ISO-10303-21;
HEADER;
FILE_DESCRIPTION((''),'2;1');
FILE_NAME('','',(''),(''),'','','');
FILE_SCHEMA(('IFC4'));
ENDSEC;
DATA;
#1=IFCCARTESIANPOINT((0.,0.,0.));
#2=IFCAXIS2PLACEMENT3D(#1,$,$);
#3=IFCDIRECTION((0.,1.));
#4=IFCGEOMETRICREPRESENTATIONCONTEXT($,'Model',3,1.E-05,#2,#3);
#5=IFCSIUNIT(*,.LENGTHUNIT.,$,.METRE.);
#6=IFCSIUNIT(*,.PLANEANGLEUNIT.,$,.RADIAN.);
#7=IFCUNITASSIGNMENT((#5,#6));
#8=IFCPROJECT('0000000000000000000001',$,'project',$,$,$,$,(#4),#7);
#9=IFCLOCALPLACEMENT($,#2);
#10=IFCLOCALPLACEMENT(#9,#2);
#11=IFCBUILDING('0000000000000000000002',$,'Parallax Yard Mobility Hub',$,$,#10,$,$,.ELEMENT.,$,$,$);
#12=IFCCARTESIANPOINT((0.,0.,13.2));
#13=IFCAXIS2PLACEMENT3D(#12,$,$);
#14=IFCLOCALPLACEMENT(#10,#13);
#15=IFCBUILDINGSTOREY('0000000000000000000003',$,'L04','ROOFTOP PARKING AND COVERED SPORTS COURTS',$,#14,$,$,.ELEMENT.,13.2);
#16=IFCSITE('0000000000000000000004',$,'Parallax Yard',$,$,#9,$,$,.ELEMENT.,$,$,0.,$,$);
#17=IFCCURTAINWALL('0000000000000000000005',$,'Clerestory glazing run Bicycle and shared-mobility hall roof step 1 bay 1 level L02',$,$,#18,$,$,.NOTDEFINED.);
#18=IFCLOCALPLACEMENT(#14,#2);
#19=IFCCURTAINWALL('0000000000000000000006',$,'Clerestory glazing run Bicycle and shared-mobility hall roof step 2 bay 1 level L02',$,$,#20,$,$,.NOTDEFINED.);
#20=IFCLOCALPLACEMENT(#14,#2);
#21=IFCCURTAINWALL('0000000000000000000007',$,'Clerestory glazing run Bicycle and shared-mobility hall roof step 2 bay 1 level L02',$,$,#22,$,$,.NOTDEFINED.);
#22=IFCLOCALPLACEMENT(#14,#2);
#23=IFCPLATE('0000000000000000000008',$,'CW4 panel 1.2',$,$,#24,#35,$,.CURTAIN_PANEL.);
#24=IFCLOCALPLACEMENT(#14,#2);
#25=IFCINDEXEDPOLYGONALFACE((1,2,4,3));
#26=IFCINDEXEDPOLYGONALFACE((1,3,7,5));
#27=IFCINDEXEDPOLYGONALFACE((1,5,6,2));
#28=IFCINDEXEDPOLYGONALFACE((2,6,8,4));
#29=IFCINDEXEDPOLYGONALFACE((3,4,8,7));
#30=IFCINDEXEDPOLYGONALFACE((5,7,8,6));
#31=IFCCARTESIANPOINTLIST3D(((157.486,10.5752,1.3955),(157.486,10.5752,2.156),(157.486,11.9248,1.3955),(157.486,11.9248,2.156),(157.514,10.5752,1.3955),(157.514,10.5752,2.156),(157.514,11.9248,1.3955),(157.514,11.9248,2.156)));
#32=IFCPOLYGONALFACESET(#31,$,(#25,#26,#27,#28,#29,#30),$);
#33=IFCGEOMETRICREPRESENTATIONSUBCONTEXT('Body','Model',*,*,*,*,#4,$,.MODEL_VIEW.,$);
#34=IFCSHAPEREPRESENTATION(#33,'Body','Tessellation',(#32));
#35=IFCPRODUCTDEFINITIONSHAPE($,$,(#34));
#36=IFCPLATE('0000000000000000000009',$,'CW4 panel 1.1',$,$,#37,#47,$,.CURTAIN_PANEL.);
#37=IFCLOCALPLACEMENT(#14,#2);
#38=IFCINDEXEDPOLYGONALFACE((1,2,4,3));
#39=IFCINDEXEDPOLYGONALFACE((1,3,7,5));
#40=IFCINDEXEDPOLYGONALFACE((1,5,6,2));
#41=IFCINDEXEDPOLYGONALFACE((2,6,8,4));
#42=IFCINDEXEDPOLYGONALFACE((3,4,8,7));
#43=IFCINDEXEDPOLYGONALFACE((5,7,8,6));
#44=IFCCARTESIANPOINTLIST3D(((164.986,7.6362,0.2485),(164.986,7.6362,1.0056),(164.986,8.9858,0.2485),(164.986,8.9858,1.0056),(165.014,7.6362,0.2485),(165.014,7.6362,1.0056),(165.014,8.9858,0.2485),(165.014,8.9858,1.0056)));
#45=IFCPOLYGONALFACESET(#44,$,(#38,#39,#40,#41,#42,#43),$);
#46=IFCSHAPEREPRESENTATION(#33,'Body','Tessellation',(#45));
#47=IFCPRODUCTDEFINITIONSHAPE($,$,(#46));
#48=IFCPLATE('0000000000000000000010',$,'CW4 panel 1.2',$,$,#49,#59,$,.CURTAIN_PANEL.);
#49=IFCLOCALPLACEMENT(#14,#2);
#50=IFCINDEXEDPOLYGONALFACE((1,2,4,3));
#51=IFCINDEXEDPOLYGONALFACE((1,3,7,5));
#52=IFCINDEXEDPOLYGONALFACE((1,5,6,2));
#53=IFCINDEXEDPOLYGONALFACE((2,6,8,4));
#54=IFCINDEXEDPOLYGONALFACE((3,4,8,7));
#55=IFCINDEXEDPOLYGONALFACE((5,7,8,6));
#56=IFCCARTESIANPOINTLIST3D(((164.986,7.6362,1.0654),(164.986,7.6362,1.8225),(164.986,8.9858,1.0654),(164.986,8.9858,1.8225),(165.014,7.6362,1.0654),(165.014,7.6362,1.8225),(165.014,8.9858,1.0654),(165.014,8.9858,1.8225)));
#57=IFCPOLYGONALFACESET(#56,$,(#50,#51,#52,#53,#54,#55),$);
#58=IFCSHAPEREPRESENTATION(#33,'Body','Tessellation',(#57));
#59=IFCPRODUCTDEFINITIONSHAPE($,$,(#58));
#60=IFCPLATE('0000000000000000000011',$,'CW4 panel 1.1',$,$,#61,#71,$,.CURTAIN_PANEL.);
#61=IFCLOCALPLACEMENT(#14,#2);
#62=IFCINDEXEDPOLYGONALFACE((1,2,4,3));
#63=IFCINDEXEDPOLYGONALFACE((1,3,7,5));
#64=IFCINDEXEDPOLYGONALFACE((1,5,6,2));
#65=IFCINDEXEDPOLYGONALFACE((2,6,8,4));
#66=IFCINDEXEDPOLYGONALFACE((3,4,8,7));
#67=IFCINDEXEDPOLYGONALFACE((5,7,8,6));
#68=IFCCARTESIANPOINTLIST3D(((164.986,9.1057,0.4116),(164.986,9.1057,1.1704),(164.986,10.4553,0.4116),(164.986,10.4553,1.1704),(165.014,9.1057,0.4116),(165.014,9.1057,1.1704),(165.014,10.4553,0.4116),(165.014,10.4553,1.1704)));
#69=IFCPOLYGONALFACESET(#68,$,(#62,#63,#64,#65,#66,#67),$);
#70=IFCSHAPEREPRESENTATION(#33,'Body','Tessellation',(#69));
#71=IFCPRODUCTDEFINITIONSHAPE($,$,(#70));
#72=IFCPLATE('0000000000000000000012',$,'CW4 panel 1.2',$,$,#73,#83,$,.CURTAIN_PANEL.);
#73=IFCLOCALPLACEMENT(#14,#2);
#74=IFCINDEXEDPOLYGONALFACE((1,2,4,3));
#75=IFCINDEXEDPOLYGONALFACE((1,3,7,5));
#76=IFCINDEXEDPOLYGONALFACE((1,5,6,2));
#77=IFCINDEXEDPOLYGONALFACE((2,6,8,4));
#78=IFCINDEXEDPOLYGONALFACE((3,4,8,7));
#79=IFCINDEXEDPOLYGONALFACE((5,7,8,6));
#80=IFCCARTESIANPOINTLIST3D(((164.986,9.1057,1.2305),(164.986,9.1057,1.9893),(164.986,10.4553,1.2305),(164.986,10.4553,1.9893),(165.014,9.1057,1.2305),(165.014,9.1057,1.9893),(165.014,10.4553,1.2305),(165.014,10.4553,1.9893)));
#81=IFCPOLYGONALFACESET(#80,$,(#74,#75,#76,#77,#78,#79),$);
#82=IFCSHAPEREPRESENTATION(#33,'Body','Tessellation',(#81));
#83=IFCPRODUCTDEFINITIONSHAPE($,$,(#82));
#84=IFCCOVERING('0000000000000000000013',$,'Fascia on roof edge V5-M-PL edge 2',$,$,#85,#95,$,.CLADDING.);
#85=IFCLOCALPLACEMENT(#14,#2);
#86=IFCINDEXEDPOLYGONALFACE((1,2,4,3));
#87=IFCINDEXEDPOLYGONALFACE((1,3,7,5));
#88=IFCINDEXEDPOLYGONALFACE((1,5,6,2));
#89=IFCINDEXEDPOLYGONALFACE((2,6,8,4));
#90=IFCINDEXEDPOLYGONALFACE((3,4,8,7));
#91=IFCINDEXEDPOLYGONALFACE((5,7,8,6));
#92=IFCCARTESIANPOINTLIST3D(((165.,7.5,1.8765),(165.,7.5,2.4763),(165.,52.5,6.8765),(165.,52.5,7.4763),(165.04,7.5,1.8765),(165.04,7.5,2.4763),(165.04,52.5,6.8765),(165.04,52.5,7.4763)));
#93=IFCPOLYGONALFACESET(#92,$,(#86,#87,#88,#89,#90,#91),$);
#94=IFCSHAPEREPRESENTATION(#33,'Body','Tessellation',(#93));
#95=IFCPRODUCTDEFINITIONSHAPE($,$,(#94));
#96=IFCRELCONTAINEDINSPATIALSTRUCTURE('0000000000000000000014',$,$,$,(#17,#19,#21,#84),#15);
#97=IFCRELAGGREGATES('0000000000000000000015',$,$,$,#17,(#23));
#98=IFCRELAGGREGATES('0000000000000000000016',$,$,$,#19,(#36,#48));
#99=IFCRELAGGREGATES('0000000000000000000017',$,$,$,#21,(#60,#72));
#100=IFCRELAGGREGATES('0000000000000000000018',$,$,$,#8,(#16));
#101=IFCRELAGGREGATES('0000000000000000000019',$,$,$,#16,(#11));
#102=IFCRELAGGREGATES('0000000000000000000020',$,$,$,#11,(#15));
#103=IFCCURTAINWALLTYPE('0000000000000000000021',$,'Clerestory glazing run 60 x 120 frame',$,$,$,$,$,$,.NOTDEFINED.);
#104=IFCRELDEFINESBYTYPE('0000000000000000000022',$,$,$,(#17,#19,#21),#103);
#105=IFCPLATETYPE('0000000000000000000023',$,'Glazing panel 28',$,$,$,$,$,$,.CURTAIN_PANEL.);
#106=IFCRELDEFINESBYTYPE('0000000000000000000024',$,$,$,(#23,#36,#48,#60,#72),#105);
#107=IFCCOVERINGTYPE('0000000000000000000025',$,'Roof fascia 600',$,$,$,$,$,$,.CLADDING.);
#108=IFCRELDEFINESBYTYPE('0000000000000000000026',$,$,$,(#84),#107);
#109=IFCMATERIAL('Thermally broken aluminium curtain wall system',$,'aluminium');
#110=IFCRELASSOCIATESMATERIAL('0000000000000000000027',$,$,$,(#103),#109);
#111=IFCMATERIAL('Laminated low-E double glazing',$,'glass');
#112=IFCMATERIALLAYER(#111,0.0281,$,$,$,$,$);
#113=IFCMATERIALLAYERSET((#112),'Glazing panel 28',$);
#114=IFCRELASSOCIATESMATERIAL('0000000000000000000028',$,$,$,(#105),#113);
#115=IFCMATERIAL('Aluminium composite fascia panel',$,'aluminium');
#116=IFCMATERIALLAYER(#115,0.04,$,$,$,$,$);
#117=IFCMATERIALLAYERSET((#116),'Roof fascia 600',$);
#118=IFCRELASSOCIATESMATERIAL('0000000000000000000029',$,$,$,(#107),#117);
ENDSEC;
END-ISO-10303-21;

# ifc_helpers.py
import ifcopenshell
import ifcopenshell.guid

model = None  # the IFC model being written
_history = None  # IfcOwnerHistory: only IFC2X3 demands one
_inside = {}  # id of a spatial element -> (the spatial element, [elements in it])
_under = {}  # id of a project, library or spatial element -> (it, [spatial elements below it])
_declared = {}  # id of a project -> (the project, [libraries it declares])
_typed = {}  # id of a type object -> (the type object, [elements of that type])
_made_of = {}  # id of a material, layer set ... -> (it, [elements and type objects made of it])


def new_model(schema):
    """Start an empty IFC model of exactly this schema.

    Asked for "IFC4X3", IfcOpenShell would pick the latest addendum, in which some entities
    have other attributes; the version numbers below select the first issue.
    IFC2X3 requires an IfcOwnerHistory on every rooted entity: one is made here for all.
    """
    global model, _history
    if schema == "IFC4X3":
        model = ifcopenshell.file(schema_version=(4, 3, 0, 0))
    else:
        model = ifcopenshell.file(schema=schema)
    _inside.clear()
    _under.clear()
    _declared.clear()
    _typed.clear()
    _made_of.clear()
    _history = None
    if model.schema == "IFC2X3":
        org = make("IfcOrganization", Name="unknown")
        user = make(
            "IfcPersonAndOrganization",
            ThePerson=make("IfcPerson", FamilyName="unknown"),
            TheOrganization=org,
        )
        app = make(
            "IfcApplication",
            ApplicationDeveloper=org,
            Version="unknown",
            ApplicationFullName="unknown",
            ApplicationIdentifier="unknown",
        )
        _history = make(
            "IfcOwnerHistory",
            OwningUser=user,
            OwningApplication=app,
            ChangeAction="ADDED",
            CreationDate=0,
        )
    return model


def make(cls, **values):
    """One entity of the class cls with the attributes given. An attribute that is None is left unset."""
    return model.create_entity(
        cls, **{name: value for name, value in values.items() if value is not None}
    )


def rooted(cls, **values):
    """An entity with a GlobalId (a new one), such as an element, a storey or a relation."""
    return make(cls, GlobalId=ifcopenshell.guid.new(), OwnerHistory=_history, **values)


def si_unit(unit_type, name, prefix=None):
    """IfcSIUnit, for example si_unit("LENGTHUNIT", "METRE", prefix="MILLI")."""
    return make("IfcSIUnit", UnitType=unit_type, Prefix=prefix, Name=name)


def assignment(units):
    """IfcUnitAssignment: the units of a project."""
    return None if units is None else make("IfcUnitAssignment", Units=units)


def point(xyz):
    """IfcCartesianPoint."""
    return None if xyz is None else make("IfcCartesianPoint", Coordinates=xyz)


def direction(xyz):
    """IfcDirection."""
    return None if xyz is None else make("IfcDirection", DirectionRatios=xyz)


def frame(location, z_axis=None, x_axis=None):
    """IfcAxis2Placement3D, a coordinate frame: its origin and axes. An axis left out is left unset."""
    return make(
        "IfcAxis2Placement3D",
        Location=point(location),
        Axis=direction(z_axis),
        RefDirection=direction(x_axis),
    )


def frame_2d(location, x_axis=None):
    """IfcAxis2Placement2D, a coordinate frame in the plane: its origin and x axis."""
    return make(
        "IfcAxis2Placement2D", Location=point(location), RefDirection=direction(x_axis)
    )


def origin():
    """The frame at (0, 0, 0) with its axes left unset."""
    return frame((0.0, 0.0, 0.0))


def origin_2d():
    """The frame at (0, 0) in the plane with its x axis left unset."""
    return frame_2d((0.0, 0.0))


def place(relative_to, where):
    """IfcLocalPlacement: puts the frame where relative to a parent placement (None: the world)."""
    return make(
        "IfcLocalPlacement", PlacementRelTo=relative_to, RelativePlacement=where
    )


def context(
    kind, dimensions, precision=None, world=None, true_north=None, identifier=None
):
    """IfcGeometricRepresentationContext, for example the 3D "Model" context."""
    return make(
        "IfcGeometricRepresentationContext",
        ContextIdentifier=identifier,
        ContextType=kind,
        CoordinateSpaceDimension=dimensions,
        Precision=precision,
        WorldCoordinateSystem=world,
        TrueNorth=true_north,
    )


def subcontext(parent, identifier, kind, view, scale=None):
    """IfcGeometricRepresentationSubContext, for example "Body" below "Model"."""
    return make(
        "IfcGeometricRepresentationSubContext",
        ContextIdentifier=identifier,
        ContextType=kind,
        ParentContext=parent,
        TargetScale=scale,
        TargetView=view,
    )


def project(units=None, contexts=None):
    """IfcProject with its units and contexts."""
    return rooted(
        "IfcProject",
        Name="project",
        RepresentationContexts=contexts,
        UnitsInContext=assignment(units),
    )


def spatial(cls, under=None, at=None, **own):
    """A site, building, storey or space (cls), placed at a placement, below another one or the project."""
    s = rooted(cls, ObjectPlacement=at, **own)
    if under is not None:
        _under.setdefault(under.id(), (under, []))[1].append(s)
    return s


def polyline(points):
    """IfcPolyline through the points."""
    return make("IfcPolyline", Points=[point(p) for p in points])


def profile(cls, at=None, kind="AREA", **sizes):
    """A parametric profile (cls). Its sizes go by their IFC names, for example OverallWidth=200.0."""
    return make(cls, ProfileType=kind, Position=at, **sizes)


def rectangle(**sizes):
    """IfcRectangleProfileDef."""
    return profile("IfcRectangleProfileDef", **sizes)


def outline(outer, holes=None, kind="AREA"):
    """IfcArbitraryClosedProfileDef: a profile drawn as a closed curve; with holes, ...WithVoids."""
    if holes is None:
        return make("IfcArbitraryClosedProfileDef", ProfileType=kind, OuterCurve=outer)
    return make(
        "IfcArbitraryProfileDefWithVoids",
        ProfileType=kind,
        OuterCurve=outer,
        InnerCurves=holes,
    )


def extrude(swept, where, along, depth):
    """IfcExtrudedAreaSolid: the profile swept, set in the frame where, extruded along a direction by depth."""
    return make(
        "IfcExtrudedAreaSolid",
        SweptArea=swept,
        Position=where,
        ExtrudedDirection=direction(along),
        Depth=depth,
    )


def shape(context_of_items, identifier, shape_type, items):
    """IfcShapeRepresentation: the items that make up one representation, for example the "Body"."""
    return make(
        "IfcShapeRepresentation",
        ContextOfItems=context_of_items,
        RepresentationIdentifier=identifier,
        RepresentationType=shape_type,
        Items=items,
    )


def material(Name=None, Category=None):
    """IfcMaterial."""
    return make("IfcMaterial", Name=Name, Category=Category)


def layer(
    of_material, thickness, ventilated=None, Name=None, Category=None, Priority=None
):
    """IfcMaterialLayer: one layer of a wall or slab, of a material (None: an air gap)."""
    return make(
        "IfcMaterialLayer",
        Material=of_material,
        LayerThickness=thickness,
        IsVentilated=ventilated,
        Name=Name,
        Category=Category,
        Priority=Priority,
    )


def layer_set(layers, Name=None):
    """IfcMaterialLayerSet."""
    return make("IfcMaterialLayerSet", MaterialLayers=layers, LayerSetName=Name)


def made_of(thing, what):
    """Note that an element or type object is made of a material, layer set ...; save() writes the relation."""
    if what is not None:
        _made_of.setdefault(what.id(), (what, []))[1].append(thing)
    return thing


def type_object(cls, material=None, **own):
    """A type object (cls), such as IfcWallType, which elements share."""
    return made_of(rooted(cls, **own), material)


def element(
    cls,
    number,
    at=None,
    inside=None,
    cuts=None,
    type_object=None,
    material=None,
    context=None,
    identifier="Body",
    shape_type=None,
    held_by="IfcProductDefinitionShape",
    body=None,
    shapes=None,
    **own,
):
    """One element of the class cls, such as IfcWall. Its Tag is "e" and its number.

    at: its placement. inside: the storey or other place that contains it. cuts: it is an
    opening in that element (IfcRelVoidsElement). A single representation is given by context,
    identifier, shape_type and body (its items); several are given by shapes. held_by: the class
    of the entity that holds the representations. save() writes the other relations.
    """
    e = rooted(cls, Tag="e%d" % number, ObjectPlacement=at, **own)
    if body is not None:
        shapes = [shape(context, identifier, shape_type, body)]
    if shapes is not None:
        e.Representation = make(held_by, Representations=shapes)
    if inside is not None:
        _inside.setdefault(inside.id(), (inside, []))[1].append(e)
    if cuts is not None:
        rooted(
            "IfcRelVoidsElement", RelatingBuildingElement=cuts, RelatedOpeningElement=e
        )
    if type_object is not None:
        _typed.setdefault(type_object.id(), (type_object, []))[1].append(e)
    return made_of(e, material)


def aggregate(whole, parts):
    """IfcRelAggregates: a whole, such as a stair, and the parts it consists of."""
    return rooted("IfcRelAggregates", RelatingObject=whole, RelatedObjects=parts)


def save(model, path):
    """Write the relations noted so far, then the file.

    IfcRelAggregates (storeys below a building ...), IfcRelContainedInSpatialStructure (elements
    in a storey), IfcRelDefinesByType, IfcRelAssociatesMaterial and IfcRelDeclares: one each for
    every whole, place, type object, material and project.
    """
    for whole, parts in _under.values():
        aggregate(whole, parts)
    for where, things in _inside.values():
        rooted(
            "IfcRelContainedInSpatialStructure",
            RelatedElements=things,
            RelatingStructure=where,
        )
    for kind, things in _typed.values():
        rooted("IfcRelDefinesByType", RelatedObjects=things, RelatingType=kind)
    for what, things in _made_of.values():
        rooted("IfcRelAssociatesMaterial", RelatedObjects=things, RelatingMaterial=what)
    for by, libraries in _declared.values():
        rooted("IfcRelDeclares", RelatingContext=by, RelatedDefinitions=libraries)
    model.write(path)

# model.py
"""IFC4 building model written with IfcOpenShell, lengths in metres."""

from ifc_helpers import new_model, si_unit, direction, frame, origin, origin_2d, place, context, subcontext, project, spatial, polyline, rectangle, outline, extrude, material, layer, layer_set, type_object, element, aggregate, save


model = new_model("IFC4")

# Units and contexts
model_context = context("Model", 3, precision=1e-05, world=origin(), true_north=direction((0.0, 1.0)))
body_context = subcontext(model_context, "Body", "Model", "MODEL_VIEW")
ifc_project = project(units=[si_unit("LENGTHUNIT", "METRE"), si_unit("PLANEANGLEUNIT", "RADIAN")], contexts=[model_context])

# Site, building, storey
site_placement = place(None, origin())
site = spatial("IfcSite", under=ifc_project, at=site_placement, Name="Parallax Yard", CompositionType="ELEMENT", RefElevation=0.0)
building_placement = place(site_placement, origin())
building = spatial("IfcBuilding", under=site, at=building_placement, Name="Parallax Yard Mobility Hub", CompositionType="ELEMENT")
storey_placement = place(building_placement, frame((0.0, 0.0, 13.2)))
storey = spatial("IfcBuildingStorey", under=building, at=storey_placement, Name="L04", Description="ROOFTOP PARKING AND COVERED SPORTS COURTS", CompositionType="ELEMENT", Elevation=13.2)

# Shared definitions
ifc_material_1 = material(Name="Thermally broken aluminium curtain wall system", Category="aluminium")
curtain_wall_type = type_object("IfcCurtainWallType", Name="Clerestory glazing run 60 x 120 frame", PredefinedType="NOTDEFINED", material=ifc_material_1)

# Curtain wall
curtain_wall_1_placement = place(storey_placement, origin())
curtain_wall_1 = element("IfcCurtainWall", 1, at=curtain_wall_1_placement, inside=storey, type_object=curtain_wall_type, Name="Clerestory glazing run Bicycle and shared-mobility hall roof step 1 bay 1 level L02", PredefinedType="NOTDEFINED")

# Curtain wall
curtain_wall_2_placement = place(storey_placement, origin())
curtain_wall_2 = element("IfcCurtainWall", 2, at=curtain_wall_2_placement, inside=storey, type_object=curtain_wall_type, Name="Clerestory glazing run Bicycle and shared-mobility hall roof step 2 bay 1 level L02", PredefinedType="NOTDEFINED")

# Curtain wall
curtain_wall_3_placement = place(storey_placement, origin())
curtain_wall_3 = element("IfcCurtainWall", 3, at=curtain_wall_3_placement, inside=storey, type_object=curtain_wall_type, Name="Clerestory glazing run Bicycle and shared-mobility hall roof step 2 bay 1 level L02", PredefinedType="NOTDEFINED")

# Plates
ifc_material_2 = material(Name="Laminated low-E double glazing", Category="glass")
ifc_layer_1 = layer(ifc_material_2, 0.0281)
ifc_layer_set_1 = layer_set([ifc_layer_1], Name="Glazing panel 28")
plate_type = type_object("IfcPlateType", Name="Glazing panel 28", PredefinedType="CURTAIN_PANEL", material=ifc_layer_set_1)
plate_1_placement = place(storey_placement, frame((157.5, 11.25, 1.3955), z_axis=(0.0, 0.0, 1.0), x_axis=(0.0, 1.0, 0.0)))
plate_1 = element("IfcPlate", 4, at=plate_1_placement, type_object=plate_type, Name="CW4 panel 1.2", PredefinedType="CURTAIN_PANEL", context=body_context, shape_type="SweptSolid", body=[
    extrude(rectangle(XDim=1.3496, YDim=0.0281, at=origin_2d()), origin(), (0.0, 0.0, 1.0), 0.7605),
])
aggregate(curtain_wall_1, [plate_1])
plate_2_placement = place(storey_placement, frame((165.0, 8.311, 0.2485), z_axis=(0.0, 0.0, 1.0), x_axis=(0.0, 1.0, 0.0)))
plate_2 = element("IfcPlate", 5, at=plate_2_placement, type_object=plate_type, Name="CW4 panel 1.1", PredefinedType="CURTAIN_PANEL", context=body_context, shape_type="SweptSolid", body=[
    extrude(rectangle(XDim=1.3496, YDim=0.0281, at=origin_2d()), origin(), (0.0, 0.0, 1.0), 0.7571),
])
plate_3_placement = place(storey_placement, frame((165.0, 8.311, 1.0654), z_axis=(0.0, 0.0, 1.0), x_axis=(0.0, 1.0, 0.0)))
plate_3 = element("IfcPlate", 6, at=plate_3_placement, type_object=plate_type, Name="CW4 panel 1.2", PredefinedType="CURTAIN_PANEL", context=body_context, shape_type="SweptSolid", body=[
    extrude(rectangle(XDim=1.3496, YDim=0.0281, at=origin_2d()), origin(), (0.0, 0.0, 1.0), 0.7571),
])
aggregate(curtain_wall_2, [plate_2, plate_3])
plate_4_placement = place(storey_placement, frame((165.0, 9.7805, 0.4116), z_axis=(0.0, 0.0, 1.0), x_axis=(0.0, 1.0, 0.0)))
plate_4 = element("IfcPlate", 7, at=plate_4_placement, type_object=plate_type, Name="CW4 panel 1.1", PredefinedType="CURTAIN_PANEL", context=body_context, shape_type="SweptSolid", body=[
    extrude(rectangle(XDim=1.3496, YDim=0.0281, at=origin_2d()), origin(), (0.0, 0.0, 1.0), 0.7588),
])
plate_5_placement = place(storey_placement, frame((165.0, 9.7805, 1.2305), z_axis=(0.0, 0.0, 1.0), x_axis=(0.0, 1.0, 0.0)))
plate_5 = element("IfcPlate", 8, at=plate_5_placement, type_object=plate_type, Name="CW4 panel 1.2", PredefinedType="CURTAIN_PANEL", context=body_context, shape_type="SweptSolid", body=[
    extrude(rectangle(XDim=1.3496, YDim=0.0281, at=origin_2d()), origin(), (0.0, 0.0, 1.0), 0.7588),
])
aggregate(curtain_wall_3, [plate_4, plate_5])

# Covering
ifc_material_3 = material(Name="Aluminium composite fascia panel", Category="aluminium")
ifc_layer_2 = layer(ifc_material_3, 0.04)
ifc_layer_set_2 = layer_set([ifc_layer_2], Name="Roof fascia 600")
covering_type = type_object("IfcCoveringType", Name="Roof fascia 600", PredefinedType="CLADDING", material=ifc_layer_set_2)
covering_placement = place(storey_placement, frame((165.0, 7.5, 2.4763), z_axis=(-1.0, 0.0, 0.0), x_axis=(0.0, 0.993884, 0.110432)))
element("IfcCovering", 9, at=covering_placement, inside=storey, type_object=covering_type, Name="Fascia on roof edge V5-M-PL edge 2", PredefinedType="CLADDING", context=body_context, shape_type="SweptSolid", body=[
    extrude(outline(polyline([(0.0, 0.0), (45.2769, 0.0), (45.2107, 0.5962), (-0.0662, 0.5962), (0.0, 0.0)])), origin(), (0.0, 0.0, -1.0), 0.04),
])

save(model, "model.ifc")
